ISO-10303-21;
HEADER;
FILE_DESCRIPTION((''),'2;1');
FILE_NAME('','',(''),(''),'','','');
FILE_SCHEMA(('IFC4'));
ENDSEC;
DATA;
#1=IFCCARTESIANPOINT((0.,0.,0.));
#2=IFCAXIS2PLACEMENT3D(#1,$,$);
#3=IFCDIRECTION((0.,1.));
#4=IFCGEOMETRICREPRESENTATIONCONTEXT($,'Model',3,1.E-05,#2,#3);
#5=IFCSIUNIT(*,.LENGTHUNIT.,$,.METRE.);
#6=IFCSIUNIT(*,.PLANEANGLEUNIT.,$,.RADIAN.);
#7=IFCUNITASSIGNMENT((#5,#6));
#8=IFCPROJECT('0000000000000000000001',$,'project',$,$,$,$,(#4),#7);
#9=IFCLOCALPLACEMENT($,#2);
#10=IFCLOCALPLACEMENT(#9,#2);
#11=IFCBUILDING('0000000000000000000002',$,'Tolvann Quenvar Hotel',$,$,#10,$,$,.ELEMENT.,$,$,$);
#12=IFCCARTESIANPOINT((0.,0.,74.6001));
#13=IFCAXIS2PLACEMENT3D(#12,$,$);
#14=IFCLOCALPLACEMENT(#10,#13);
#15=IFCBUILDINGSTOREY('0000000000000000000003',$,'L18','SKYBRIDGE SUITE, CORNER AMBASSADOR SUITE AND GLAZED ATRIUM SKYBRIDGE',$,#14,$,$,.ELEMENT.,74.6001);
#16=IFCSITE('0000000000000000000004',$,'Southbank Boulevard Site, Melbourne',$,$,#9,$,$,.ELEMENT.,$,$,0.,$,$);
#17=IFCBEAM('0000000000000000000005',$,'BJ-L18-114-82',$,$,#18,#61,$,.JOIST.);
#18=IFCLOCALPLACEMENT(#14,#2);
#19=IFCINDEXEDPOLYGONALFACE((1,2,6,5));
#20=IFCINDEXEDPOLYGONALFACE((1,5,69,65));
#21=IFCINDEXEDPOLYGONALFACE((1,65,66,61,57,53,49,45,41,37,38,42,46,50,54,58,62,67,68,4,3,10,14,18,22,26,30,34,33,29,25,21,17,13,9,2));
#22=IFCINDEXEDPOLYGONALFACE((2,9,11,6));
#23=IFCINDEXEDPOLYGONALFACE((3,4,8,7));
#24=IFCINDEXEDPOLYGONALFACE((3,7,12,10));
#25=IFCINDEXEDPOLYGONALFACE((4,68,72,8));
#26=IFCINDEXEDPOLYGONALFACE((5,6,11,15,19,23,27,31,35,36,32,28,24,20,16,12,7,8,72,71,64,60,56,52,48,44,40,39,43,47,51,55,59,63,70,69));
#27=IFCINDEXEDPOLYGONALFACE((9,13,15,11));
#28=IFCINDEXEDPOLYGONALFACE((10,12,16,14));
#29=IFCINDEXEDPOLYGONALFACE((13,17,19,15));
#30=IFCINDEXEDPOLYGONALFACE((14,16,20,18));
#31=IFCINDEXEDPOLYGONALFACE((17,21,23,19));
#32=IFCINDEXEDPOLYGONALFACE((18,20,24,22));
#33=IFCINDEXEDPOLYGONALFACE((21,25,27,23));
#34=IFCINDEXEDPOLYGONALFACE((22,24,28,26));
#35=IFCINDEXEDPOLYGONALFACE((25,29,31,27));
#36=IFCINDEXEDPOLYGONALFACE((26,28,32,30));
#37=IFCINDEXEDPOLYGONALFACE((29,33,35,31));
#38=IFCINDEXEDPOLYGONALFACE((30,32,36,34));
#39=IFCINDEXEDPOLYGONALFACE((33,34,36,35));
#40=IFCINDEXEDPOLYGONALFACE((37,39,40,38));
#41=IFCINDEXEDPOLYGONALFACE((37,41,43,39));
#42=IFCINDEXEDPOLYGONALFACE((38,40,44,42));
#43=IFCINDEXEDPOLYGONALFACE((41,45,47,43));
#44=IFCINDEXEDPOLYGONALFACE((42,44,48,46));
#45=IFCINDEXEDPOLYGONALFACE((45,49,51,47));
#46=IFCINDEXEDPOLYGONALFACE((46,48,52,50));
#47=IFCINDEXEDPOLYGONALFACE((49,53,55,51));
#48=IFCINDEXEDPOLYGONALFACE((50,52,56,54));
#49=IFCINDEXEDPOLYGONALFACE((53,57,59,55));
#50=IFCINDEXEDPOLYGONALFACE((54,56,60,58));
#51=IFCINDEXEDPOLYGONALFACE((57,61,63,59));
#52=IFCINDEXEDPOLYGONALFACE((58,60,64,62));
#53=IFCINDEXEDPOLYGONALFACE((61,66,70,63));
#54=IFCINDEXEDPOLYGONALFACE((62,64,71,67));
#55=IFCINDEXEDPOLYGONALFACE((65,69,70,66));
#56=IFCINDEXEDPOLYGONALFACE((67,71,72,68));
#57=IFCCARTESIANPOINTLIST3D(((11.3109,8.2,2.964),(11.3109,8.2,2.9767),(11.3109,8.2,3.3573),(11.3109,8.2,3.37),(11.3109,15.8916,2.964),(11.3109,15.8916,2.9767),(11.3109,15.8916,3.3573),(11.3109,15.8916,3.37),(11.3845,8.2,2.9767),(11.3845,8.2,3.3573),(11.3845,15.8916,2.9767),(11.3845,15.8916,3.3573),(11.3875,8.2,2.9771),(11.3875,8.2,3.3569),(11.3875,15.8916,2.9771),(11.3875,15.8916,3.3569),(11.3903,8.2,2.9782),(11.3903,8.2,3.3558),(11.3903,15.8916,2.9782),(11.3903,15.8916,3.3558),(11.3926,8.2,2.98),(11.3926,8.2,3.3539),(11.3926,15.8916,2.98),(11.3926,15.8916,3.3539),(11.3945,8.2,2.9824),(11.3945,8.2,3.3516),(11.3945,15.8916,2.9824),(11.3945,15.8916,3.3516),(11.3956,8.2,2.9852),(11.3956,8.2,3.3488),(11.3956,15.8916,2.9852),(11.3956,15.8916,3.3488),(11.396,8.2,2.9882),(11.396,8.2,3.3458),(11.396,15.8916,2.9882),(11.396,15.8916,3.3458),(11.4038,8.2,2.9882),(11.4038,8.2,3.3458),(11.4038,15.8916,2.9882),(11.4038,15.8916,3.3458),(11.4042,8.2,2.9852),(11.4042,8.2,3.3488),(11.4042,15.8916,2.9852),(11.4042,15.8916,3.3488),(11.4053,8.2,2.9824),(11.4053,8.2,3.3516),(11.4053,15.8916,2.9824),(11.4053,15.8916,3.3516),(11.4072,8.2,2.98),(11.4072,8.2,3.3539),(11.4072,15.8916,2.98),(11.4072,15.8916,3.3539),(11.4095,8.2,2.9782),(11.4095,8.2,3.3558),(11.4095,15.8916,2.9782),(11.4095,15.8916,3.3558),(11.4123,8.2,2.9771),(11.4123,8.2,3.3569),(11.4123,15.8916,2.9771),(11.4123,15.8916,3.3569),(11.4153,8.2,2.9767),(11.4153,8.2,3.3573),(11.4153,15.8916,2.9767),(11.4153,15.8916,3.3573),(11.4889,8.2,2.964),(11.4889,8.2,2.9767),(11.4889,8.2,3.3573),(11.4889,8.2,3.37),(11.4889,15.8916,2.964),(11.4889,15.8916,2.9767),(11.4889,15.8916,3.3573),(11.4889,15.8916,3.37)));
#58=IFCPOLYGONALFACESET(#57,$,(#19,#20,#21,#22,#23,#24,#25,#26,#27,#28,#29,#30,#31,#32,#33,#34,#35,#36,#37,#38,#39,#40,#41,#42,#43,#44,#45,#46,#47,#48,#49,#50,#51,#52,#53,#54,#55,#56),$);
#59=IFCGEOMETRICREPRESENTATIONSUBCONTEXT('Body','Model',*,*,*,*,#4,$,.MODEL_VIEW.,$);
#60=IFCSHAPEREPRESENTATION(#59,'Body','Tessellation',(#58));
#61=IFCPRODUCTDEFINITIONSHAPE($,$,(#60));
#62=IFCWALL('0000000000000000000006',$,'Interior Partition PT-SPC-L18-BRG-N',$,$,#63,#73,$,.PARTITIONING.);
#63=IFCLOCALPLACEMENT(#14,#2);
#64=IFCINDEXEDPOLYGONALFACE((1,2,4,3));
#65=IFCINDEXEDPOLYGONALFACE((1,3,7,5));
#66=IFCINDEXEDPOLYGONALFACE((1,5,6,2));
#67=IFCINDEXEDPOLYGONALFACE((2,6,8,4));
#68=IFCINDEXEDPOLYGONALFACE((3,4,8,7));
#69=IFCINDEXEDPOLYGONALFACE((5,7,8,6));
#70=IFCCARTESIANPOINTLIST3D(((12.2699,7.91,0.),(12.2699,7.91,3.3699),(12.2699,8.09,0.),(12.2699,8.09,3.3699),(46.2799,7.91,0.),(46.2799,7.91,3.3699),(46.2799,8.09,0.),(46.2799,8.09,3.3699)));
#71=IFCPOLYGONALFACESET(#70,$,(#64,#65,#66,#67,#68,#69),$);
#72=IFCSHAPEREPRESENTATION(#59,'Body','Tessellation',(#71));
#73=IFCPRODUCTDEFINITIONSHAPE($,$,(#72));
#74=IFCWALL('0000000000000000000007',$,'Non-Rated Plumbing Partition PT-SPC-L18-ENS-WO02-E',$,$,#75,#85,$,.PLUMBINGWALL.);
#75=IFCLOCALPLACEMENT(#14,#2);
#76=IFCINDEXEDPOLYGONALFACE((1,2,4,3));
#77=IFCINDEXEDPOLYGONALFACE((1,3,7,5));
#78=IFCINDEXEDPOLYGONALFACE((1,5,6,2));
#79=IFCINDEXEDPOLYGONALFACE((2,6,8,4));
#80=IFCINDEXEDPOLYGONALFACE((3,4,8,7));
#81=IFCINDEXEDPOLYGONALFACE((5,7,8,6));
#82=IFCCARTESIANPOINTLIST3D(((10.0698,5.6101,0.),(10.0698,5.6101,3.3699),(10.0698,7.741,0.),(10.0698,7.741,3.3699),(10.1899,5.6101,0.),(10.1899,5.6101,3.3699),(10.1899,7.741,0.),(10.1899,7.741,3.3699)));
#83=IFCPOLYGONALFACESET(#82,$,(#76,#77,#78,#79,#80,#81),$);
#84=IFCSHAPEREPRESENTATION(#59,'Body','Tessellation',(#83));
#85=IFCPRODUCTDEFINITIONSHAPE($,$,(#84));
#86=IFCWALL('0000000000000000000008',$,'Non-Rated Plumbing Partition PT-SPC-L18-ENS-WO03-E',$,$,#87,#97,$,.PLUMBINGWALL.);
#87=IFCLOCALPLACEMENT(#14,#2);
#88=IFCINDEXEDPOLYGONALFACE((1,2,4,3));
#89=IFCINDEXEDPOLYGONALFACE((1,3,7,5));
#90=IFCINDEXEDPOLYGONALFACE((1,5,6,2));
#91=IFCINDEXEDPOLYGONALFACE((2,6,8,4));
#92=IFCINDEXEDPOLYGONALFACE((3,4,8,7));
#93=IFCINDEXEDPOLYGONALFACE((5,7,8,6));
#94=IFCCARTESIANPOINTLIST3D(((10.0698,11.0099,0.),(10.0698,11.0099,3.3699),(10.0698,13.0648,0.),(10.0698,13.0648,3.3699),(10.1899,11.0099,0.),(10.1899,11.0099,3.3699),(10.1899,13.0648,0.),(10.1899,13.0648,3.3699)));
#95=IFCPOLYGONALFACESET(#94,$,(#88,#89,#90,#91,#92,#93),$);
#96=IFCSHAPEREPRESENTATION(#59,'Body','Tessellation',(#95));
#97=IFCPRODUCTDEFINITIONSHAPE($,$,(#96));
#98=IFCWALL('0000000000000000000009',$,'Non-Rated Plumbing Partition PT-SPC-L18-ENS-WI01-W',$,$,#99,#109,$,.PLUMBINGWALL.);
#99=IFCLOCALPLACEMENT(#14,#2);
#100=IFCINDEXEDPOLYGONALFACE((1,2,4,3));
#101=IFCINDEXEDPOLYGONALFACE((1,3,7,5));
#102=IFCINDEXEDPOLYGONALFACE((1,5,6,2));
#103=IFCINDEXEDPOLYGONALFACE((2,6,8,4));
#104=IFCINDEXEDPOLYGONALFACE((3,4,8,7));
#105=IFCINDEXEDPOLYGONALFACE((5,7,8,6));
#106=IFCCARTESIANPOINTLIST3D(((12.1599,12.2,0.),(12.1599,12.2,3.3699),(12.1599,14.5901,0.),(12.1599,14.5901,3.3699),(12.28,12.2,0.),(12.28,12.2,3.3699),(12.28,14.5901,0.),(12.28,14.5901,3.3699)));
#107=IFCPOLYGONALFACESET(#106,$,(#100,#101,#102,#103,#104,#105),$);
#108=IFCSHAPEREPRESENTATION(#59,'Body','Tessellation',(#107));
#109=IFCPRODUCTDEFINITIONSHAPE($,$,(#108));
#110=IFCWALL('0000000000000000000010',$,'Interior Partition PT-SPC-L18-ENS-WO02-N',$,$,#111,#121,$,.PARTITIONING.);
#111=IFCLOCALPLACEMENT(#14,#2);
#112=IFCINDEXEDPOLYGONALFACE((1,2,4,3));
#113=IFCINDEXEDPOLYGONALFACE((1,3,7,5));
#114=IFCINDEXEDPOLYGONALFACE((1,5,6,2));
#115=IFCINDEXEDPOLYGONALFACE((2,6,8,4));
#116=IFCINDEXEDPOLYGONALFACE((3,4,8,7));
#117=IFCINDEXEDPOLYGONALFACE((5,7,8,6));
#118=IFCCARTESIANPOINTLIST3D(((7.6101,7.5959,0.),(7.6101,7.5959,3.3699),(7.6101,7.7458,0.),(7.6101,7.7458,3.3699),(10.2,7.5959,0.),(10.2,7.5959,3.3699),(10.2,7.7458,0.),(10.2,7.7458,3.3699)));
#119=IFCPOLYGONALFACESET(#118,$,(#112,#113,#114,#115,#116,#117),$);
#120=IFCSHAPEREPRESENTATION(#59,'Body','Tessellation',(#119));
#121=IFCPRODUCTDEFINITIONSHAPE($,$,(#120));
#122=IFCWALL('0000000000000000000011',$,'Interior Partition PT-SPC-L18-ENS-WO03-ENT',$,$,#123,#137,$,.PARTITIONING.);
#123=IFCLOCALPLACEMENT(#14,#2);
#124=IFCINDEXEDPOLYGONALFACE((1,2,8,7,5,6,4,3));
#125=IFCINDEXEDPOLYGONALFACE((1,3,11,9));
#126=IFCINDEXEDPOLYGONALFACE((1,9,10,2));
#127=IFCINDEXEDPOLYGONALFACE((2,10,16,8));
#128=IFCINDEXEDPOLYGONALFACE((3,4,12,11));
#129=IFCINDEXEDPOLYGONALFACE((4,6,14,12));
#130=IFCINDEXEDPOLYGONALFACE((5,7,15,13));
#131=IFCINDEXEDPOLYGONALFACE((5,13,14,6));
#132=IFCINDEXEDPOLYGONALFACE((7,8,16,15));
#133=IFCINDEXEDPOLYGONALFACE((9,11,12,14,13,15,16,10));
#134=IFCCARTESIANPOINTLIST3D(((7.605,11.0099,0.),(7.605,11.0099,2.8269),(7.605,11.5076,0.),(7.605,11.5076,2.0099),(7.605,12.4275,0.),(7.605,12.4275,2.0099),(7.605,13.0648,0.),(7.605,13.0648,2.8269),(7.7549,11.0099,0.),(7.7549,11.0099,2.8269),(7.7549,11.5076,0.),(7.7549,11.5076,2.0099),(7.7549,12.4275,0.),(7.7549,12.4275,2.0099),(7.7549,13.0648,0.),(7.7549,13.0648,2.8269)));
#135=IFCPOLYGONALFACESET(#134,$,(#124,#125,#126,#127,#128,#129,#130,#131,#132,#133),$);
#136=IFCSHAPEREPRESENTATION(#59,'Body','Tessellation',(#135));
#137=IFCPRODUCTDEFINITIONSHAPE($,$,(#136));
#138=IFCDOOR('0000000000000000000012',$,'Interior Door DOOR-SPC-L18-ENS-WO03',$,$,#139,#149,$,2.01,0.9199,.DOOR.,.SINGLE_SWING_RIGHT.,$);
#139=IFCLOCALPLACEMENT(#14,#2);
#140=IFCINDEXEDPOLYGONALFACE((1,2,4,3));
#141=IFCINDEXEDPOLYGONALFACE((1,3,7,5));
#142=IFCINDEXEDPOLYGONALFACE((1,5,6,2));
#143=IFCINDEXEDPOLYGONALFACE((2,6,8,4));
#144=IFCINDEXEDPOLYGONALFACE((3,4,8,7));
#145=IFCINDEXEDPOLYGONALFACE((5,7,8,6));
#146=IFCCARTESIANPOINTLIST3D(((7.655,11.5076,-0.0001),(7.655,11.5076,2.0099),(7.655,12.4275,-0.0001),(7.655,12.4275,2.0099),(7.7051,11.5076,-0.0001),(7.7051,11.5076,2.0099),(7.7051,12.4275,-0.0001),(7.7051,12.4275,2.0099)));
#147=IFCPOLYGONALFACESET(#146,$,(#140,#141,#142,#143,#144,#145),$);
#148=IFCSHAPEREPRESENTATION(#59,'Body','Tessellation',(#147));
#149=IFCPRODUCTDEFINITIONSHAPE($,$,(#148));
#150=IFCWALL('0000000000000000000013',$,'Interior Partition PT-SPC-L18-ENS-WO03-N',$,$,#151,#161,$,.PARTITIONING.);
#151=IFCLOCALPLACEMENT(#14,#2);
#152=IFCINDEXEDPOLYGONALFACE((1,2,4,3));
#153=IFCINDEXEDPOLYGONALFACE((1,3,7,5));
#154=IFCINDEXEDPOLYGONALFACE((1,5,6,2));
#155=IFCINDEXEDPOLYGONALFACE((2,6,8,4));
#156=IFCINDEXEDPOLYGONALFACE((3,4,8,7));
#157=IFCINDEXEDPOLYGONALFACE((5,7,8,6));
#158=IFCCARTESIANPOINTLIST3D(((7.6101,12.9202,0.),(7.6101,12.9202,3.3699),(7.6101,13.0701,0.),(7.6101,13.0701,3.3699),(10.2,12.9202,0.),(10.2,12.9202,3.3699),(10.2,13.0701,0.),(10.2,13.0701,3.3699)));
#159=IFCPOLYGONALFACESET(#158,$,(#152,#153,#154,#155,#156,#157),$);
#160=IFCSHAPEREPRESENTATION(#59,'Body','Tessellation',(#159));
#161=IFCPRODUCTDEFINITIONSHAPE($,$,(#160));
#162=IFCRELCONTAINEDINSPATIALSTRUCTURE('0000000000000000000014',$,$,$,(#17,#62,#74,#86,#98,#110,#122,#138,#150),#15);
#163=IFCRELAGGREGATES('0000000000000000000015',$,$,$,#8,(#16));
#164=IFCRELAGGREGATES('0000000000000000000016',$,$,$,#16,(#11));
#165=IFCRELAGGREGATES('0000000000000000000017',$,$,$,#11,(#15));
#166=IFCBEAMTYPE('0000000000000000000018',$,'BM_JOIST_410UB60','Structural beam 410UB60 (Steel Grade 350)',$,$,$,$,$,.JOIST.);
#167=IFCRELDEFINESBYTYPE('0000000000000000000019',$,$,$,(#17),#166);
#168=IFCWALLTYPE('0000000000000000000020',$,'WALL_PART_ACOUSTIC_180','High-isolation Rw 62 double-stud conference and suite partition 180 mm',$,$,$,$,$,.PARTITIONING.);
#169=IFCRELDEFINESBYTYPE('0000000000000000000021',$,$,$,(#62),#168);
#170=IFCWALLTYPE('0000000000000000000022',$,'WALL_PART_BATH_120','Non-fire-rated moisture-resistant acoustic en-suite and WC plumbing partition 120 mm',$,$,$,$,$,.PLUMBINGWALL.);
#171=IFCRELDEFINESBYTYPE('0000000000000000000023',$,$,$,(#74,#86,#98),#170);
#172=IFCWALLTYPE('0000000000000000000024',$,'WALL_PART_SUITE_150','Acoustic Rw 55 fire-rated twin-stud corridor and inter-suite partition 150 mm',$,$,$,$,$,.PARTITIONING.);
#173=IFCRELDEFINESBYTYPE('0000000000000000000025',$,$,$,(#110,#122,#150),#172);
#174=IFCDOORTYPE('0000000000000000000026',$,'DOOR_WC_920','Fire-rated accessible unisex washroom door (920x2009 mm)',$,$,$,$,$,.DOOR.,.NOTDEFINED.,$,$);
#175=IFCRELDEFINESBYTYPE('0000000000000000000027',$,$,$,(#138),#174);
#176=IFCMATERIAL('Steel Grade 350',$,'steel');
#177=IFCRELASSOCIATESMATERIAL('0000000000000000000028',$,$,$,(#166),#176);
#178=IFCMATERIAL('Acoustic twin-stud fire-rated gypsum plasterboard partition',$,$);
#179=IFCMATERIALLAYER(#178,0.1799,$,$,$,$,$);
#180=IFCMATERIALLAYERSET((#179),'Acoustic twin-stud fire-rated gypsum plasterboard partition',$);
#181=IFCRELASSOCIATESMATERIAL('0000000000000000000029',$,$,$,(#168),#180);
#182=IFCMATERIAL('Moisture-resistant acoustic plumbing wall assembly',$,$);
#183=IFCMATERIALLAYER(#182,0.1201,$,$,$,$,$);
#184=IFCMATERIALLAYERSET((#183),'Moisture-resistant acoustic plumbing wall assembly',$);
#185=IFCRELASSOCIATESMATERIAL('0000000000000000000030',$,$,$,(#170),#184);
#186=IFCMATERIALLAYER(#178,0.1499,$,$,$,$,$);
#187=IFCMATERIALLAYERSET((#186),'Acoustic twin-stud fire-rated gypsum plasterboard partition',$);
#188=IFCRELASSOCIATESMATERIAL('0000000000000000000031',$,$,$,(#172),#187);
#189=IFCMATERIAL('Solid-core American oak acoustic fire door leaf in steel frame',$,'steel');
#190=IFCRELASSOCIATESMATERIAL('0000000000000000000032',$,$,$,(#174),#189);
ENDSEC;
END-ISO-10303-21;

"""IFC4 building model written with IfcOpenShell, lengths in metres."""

from ifc_helpers import new_model, si_unit, direction, frame, frame_2d, origin, origin_2d, place, context, subcontext, project, spatial, rectangle, i_section, extrude, source, transform, mapped, material, layer, layer_set, material_profile, profile_set, type_object, type_shapes, element, fill, save


model = new_model("IFC4")

# Units and contexts
model_context = context("Model", 3, precision=1e-05, world=origin(), true_north=direction((0.0, 1.0)))
body_context = subcontext(model_context, "Body", "Model", "MODEL_VIEW")
ifc_project = project(units=[si_unit("LENGTHUNIT", "METRE"), si_unit("PLANEANGLEUNIT", "RADIAN")], contexts=[model_context])

# Site, building, storey
site_placement = place(None, origin())
site = spatial("IfcSite", under=ifc_project, at=site_placement, Name="Southbank Boulevard Site, Melbourne", CompositionType="ELEMENT", RefElevation=0.0)
building_placement = place(site_placement, origin())
building = spatial("IfcBuilding", under=site, at=building_placement, Name="Tolvann Quenvar Hotel", CompositionType="ELEMENT")
storey_placement = place(building_placement, frame((0.0, 0.0, 74.6001)))
storey = spatial("IfcBuildingStorey", under=building, at=storey_placement, Name="L18", Description="SKYBRIDGE SUITE, CORNER AMBASSADOR SUITE AND GLAZED ATRIUM SKYBRIDGE", CompositionType="ELEMENT", Elevation=74.6001)

# Shared definitions
ifc_material_1 = material(Name="Steel Grade 350", Category="steel")

# Beam
ifc_material_profile_1 = material_profile(ifc_material_1, i_section(OverallWidth=0.178, OverallDepth=0.406, WebThickness=0.0078, FlangeThickness=0.0127, FilletRadius=0.0115, at=origin_2d()), Name="410UB60")
ifc_profile_set_1 = profile_set([ifc_material_profile_1], Name="Steel Grade 350")
beam_type_1 = type_object("IfcBeamType", Name="BM_JOIST_410UB60", Description="Structural beam 410UB60 (Steel Grade 350)", PredefinedType="JOIST", material=ifc_profile_set_1)
shared_shape_1 = source(origin(), body_context, "Body", "SweptSolid", [
    extrude(i_section(OverallWidth=0.178, OverallDepth=0.406, WebThickness=0.0078, FlangeThickness=0.0127, FilletRadius=0.0115, at=origin_2d()), origin(), (0.0, 0.0, 1.0), 7.6917),
])
type_shapes(beam_type_1, [shared_shape_1])
beam_1_placement = place(storey_placement, frame((11.3999, 8.2, 3.167), z_axis=(0.0, 1.0, 0.0), x_axis=(-1.0, 0.0, 0.0)))
element("IfcBeam", 1, at=beam_1_placement, inside=storey, type_object=beam_type_1, Name="BJ-L18-114-82", PredefinedType="JOIST", context=body_context, shape_type="MappedRepresentation", body=[
    mapped(shared_shape_1, transform((0.0, 0.0, 0.0), x_axis=(1.0, 0.0, 0.0), y_axis=(0.0, 1.0, 0.0), z_axis=(0.0, 0.0, 1.0), scale=1.0)),
])

# Walls
ifc_material_2 = material(Name="Acoustic twin-stud fire-rated gypsum plasterboard partition")
ifc_layer_1 = layer(ifc_material_2, 0.1799)
ifc_layer_set_1 = layer_set([ifc_layer_1], Name="Acoustic twin-stud fire-rated gypsum plasterboard partition")
wall_type_1 = type_object("IfcWallType", Name="WALL_PART_ACOUSTIC_180", Description="High-isolation Rw 62 double-stud conference and suite partition 180 mm", PredefinedType="PARTITIONING", material=ifc_layer_set_1)
wall_1_placement = place(storey_placement, frame((12.27, 8.0, 0.0), z_axis=(0.0, 0.0, 1.0), x_axis=(1.0, 0.0, 0.0)))
element("IfcWall", 2, at=wall_1_placement, inside=storey, type_object=wall_type_1, Name="Interior Partition PT-SPC-L18-BRG-N", PredefinedType="PARTITIONING", context=body_context, shape_type="SweptSolid", body=[
    extrude(rectangle(XDim=34.01, YDim=0.1799, at=frame_2d((17.0049, 0.0))), origin(), (0.0, 0.0, 1.0), 3.3699),
])
ifc_material_3 = material(Name="Moisture-resistant acoustic plumbing wall assembly")
ifc_layer_2 = layer(ifc_material_3, 0.1201)
ifc_layer_set_2 = layer_set([ifc_layer_2], Name="Moisture-resistant acoustic plumbing wall assembly")
wall_type_2 = type_object("IfcWallType", Name="WALL_PART_BATH_120", Description="Non-fire-rated moisture-resistant acoustic en-suite and WC plumbing partition 120 mm", PredefinedType="PLUMBINGWALL", material=ifc_layer_set_2)
wall_2_placement = place(storey_placement, frame((10.1299, 5.6101, 0.0), z_axis=(0.0, 0.0, 1.0), x_axis=(0.0, 1.0, 0.0)))
element("IfcWall", 3, at=wall_2_placement, inside=storey, type_object=wall_type_2, Name="Non-Rated Plumbing Partition PT-SPC-L18-ENS-WO02-E", PredefinedType="PLUMBINGWALL", context=body_context, shape_type="SweptSolid", body=[
    extrude(rectangle(XDim=2.1309, YDim=0.1201, at=frame_2d((1.0654, 0.0))), origin(), (0.0, 0.0, 1.0), 3.3699),
])
wall_3_placement = place(storey_placement, frame((10.1299, 11.01, 0.0), z_axis=(0.0, 0.0, 1.0), x_axis=(0.0, 1.0, 0.0)))
element("IfcWall", 4, at=wall_3_placement, inside=storey, type_object=wall_type_2, Name="Non-Rated Plumbing Partition PT-SPC-L18-ENS-WO03-E", PredefinedType="PLUMBINGWALL", context=body_context, shape_type="SweptSolid", body=[
    extrude(rectangle(XDim=2.0549, YDim=0.1201, at=frame_2d((1.0273, 0.0))), origin(), (0.0, 0.0, 1.0), 3.3699),
])
wall_4_placement = place(storey_placement, frame((12.22, 12.2, 0.0), z_axis=(0.0, 0.0, 1.0), x_axis=(0.0, 1.0, 0.0)))
element("IfcWall", 5, at=wall_4_placement, inside=storey, type_object=wall_type_2, Name="Non-Rated Plumbing Partition PT-SPC-L18-ENS-WI01-W", PredefinedType="PLUMBINGWALL", context=body_context, shape_type="SweptSolid", body=[
    extrude(rectangle(XDim=2.3901, YDim=0.1201, at=frame_2d((1.1951, 0.0))), origin(), (0.0, 0.0, 1.0), 3.3699),
])
ifc_layer_3 = layer(ifc_material_2, 0.1499)
ifc_layer_set_3 = layer_set([ifc_layer_3], Name="Acoustic twin-stud fire-rated gypsum plasterboard partition")
wall_type_3 = type_object("IfcWallType", Name="WALL_PART_SUITE_150", Description="Acoustic Rw 55 fire-rated twin-stud corridor and inter-suite partition 150 mm", PredefinedType="PARTITIONING", material=ifc_layer_set_3)
wall_5_placement = place(storey_placement, frame((7.6101, 7.6709, 0.0), z_axis=(0.0, 0.0, 1.0), x_axis=(1.0, 0.0, 0.0)))
element("IfcWall", 6, at=wall_5_placement, inside=storey, type_object=wall_type_3, Name="Interior Partition PT-SPC-L18-ENS-WO02-N", PredefinedType="PARTITIONING", context=body_context, shape_type="SweptSolid", body=[
    extrude(rectangle(XDim=2.5898, YDim=0.1499, at=frame_2d((1.2949, 0.0))), origin(), (0.0, 0.0, 1.0), 3.3699),
])

# Wall, opening, door
wall_6_placement = place(storey_placement, frame((7.6799, 11.01, 0.0), z_axis=(0.0, 0.0, 1.0), x_axis=(0.0, 1.0, 0.0)))
wall_6 = element("IfcWall", 7, at=wall_6_placement, inside=storey, type_object=wall_type_3, Name="Interior Partition PT-SPC-L18-ENS-WO03-ENT", PredefinedType="PARTITIONING", context=body_context, shape_type="SweptSolid", body=[
    extrude(rectangle(XDim=2.0549, YDim=0.1499, at=frame_2d((1.0273, 0.0))), origin(), (0.0, 0.0, 1.0), 2.8269),
])
opening_1_placement = place(wall_6_placement, frame((0.4976, 0.0, 0.0)))
opening_1 = element("IfcOpeningElement", 8, at=opening_1_placement, cuts=wall_6, PredefinedType="OPENING", context=body_context, shape_type="SweptSolid", body=[
    extrude(rectangle(XDim=0.9199, YDim=2.01, at=frame_2d((0.46, 1.0049))), frame((0.0, 0.085, 0.0), z_axis=(0.0, -1.0, 0.0), x_axis=(1.0, 0.0, 0.0)), (0.0, 0.0, 1.0), 0.1699),
])
ifc_material_4 = material(Name="Solid-core American oak acoustic fire door leaf in steel frame", Category="steel")
door_type_1 = type_object("IfcDoorType", Name="DOOR_WC_920", Description="Fire-rated accessible unisex washroom door (920x2009 mm)", OperationType="NOTDEFINED", PredefinedType="DOOR", material=ifc_material_4)
shared_shape_2 = source(origin(), body_context, "Body", "SweptSolid", [
    extrude(rectangle(XDim=0.9199, YDim=2.01, at=frame_2d((0.46, 1.0049))), frame((0.0, 0.0249, 0.0), z_axis=(0.0, -1.0, 0.0), x_axis=(1.0, 0.0, 0.0)), (0.0, 0.0, 1.0), 0.05),
])
type_shapes(door_type_1, [shared_shape_2])
door_1_placement = place(opening_1_placement, origin())
door_1 = element("IfcDoor", 9, at=door_1_placement, inside=storey, type_object=door_type_1, Name="Interior Door DOOR-SPC-L18-ENS-WO03", OperationType="SINGLE_SWING_RIGHT", OverallHeight=2.01, OverallWidth=0.9199, PredefinedType="DOOR", context=body_context, shape_type="MappedRepresentation", body=[
    mapped(shared_shape_2, transform((0.0, 0.0, 0.0), x_axis=(1.0, 0.0, 0.0), y_axis=(0.0, 1.0, 0.0), z_axis=(0.0, 0.0, 1.0), scale=1.0)),
])
fill(opening_1, door_1)

# Wall
wall_7_placement = place(storey_placement, frame((7.6101, 12.9951, 0.0), z_axis=(0.0, 0.0, 1.0), x_axis=(1.0, 0.0, 0.0)))
element("IfcWall", 10, at=wall_7_placement, inside=storey, type_object=wall_type_3, Name="Interior Partition PT-SPC-L18-ENS-WO03-N", PredefinedType="PARTITIONING", context=body_context, shape_type="SweptSolid", body=[
    extrude(rectangle(XDim=2.5898, YDim=0.1499, at=frame_2d((1.2949, 0.0))), origin(), (0.0, 0.0, 1.0), 3.3699),
])

save(model, "model.ifc")
